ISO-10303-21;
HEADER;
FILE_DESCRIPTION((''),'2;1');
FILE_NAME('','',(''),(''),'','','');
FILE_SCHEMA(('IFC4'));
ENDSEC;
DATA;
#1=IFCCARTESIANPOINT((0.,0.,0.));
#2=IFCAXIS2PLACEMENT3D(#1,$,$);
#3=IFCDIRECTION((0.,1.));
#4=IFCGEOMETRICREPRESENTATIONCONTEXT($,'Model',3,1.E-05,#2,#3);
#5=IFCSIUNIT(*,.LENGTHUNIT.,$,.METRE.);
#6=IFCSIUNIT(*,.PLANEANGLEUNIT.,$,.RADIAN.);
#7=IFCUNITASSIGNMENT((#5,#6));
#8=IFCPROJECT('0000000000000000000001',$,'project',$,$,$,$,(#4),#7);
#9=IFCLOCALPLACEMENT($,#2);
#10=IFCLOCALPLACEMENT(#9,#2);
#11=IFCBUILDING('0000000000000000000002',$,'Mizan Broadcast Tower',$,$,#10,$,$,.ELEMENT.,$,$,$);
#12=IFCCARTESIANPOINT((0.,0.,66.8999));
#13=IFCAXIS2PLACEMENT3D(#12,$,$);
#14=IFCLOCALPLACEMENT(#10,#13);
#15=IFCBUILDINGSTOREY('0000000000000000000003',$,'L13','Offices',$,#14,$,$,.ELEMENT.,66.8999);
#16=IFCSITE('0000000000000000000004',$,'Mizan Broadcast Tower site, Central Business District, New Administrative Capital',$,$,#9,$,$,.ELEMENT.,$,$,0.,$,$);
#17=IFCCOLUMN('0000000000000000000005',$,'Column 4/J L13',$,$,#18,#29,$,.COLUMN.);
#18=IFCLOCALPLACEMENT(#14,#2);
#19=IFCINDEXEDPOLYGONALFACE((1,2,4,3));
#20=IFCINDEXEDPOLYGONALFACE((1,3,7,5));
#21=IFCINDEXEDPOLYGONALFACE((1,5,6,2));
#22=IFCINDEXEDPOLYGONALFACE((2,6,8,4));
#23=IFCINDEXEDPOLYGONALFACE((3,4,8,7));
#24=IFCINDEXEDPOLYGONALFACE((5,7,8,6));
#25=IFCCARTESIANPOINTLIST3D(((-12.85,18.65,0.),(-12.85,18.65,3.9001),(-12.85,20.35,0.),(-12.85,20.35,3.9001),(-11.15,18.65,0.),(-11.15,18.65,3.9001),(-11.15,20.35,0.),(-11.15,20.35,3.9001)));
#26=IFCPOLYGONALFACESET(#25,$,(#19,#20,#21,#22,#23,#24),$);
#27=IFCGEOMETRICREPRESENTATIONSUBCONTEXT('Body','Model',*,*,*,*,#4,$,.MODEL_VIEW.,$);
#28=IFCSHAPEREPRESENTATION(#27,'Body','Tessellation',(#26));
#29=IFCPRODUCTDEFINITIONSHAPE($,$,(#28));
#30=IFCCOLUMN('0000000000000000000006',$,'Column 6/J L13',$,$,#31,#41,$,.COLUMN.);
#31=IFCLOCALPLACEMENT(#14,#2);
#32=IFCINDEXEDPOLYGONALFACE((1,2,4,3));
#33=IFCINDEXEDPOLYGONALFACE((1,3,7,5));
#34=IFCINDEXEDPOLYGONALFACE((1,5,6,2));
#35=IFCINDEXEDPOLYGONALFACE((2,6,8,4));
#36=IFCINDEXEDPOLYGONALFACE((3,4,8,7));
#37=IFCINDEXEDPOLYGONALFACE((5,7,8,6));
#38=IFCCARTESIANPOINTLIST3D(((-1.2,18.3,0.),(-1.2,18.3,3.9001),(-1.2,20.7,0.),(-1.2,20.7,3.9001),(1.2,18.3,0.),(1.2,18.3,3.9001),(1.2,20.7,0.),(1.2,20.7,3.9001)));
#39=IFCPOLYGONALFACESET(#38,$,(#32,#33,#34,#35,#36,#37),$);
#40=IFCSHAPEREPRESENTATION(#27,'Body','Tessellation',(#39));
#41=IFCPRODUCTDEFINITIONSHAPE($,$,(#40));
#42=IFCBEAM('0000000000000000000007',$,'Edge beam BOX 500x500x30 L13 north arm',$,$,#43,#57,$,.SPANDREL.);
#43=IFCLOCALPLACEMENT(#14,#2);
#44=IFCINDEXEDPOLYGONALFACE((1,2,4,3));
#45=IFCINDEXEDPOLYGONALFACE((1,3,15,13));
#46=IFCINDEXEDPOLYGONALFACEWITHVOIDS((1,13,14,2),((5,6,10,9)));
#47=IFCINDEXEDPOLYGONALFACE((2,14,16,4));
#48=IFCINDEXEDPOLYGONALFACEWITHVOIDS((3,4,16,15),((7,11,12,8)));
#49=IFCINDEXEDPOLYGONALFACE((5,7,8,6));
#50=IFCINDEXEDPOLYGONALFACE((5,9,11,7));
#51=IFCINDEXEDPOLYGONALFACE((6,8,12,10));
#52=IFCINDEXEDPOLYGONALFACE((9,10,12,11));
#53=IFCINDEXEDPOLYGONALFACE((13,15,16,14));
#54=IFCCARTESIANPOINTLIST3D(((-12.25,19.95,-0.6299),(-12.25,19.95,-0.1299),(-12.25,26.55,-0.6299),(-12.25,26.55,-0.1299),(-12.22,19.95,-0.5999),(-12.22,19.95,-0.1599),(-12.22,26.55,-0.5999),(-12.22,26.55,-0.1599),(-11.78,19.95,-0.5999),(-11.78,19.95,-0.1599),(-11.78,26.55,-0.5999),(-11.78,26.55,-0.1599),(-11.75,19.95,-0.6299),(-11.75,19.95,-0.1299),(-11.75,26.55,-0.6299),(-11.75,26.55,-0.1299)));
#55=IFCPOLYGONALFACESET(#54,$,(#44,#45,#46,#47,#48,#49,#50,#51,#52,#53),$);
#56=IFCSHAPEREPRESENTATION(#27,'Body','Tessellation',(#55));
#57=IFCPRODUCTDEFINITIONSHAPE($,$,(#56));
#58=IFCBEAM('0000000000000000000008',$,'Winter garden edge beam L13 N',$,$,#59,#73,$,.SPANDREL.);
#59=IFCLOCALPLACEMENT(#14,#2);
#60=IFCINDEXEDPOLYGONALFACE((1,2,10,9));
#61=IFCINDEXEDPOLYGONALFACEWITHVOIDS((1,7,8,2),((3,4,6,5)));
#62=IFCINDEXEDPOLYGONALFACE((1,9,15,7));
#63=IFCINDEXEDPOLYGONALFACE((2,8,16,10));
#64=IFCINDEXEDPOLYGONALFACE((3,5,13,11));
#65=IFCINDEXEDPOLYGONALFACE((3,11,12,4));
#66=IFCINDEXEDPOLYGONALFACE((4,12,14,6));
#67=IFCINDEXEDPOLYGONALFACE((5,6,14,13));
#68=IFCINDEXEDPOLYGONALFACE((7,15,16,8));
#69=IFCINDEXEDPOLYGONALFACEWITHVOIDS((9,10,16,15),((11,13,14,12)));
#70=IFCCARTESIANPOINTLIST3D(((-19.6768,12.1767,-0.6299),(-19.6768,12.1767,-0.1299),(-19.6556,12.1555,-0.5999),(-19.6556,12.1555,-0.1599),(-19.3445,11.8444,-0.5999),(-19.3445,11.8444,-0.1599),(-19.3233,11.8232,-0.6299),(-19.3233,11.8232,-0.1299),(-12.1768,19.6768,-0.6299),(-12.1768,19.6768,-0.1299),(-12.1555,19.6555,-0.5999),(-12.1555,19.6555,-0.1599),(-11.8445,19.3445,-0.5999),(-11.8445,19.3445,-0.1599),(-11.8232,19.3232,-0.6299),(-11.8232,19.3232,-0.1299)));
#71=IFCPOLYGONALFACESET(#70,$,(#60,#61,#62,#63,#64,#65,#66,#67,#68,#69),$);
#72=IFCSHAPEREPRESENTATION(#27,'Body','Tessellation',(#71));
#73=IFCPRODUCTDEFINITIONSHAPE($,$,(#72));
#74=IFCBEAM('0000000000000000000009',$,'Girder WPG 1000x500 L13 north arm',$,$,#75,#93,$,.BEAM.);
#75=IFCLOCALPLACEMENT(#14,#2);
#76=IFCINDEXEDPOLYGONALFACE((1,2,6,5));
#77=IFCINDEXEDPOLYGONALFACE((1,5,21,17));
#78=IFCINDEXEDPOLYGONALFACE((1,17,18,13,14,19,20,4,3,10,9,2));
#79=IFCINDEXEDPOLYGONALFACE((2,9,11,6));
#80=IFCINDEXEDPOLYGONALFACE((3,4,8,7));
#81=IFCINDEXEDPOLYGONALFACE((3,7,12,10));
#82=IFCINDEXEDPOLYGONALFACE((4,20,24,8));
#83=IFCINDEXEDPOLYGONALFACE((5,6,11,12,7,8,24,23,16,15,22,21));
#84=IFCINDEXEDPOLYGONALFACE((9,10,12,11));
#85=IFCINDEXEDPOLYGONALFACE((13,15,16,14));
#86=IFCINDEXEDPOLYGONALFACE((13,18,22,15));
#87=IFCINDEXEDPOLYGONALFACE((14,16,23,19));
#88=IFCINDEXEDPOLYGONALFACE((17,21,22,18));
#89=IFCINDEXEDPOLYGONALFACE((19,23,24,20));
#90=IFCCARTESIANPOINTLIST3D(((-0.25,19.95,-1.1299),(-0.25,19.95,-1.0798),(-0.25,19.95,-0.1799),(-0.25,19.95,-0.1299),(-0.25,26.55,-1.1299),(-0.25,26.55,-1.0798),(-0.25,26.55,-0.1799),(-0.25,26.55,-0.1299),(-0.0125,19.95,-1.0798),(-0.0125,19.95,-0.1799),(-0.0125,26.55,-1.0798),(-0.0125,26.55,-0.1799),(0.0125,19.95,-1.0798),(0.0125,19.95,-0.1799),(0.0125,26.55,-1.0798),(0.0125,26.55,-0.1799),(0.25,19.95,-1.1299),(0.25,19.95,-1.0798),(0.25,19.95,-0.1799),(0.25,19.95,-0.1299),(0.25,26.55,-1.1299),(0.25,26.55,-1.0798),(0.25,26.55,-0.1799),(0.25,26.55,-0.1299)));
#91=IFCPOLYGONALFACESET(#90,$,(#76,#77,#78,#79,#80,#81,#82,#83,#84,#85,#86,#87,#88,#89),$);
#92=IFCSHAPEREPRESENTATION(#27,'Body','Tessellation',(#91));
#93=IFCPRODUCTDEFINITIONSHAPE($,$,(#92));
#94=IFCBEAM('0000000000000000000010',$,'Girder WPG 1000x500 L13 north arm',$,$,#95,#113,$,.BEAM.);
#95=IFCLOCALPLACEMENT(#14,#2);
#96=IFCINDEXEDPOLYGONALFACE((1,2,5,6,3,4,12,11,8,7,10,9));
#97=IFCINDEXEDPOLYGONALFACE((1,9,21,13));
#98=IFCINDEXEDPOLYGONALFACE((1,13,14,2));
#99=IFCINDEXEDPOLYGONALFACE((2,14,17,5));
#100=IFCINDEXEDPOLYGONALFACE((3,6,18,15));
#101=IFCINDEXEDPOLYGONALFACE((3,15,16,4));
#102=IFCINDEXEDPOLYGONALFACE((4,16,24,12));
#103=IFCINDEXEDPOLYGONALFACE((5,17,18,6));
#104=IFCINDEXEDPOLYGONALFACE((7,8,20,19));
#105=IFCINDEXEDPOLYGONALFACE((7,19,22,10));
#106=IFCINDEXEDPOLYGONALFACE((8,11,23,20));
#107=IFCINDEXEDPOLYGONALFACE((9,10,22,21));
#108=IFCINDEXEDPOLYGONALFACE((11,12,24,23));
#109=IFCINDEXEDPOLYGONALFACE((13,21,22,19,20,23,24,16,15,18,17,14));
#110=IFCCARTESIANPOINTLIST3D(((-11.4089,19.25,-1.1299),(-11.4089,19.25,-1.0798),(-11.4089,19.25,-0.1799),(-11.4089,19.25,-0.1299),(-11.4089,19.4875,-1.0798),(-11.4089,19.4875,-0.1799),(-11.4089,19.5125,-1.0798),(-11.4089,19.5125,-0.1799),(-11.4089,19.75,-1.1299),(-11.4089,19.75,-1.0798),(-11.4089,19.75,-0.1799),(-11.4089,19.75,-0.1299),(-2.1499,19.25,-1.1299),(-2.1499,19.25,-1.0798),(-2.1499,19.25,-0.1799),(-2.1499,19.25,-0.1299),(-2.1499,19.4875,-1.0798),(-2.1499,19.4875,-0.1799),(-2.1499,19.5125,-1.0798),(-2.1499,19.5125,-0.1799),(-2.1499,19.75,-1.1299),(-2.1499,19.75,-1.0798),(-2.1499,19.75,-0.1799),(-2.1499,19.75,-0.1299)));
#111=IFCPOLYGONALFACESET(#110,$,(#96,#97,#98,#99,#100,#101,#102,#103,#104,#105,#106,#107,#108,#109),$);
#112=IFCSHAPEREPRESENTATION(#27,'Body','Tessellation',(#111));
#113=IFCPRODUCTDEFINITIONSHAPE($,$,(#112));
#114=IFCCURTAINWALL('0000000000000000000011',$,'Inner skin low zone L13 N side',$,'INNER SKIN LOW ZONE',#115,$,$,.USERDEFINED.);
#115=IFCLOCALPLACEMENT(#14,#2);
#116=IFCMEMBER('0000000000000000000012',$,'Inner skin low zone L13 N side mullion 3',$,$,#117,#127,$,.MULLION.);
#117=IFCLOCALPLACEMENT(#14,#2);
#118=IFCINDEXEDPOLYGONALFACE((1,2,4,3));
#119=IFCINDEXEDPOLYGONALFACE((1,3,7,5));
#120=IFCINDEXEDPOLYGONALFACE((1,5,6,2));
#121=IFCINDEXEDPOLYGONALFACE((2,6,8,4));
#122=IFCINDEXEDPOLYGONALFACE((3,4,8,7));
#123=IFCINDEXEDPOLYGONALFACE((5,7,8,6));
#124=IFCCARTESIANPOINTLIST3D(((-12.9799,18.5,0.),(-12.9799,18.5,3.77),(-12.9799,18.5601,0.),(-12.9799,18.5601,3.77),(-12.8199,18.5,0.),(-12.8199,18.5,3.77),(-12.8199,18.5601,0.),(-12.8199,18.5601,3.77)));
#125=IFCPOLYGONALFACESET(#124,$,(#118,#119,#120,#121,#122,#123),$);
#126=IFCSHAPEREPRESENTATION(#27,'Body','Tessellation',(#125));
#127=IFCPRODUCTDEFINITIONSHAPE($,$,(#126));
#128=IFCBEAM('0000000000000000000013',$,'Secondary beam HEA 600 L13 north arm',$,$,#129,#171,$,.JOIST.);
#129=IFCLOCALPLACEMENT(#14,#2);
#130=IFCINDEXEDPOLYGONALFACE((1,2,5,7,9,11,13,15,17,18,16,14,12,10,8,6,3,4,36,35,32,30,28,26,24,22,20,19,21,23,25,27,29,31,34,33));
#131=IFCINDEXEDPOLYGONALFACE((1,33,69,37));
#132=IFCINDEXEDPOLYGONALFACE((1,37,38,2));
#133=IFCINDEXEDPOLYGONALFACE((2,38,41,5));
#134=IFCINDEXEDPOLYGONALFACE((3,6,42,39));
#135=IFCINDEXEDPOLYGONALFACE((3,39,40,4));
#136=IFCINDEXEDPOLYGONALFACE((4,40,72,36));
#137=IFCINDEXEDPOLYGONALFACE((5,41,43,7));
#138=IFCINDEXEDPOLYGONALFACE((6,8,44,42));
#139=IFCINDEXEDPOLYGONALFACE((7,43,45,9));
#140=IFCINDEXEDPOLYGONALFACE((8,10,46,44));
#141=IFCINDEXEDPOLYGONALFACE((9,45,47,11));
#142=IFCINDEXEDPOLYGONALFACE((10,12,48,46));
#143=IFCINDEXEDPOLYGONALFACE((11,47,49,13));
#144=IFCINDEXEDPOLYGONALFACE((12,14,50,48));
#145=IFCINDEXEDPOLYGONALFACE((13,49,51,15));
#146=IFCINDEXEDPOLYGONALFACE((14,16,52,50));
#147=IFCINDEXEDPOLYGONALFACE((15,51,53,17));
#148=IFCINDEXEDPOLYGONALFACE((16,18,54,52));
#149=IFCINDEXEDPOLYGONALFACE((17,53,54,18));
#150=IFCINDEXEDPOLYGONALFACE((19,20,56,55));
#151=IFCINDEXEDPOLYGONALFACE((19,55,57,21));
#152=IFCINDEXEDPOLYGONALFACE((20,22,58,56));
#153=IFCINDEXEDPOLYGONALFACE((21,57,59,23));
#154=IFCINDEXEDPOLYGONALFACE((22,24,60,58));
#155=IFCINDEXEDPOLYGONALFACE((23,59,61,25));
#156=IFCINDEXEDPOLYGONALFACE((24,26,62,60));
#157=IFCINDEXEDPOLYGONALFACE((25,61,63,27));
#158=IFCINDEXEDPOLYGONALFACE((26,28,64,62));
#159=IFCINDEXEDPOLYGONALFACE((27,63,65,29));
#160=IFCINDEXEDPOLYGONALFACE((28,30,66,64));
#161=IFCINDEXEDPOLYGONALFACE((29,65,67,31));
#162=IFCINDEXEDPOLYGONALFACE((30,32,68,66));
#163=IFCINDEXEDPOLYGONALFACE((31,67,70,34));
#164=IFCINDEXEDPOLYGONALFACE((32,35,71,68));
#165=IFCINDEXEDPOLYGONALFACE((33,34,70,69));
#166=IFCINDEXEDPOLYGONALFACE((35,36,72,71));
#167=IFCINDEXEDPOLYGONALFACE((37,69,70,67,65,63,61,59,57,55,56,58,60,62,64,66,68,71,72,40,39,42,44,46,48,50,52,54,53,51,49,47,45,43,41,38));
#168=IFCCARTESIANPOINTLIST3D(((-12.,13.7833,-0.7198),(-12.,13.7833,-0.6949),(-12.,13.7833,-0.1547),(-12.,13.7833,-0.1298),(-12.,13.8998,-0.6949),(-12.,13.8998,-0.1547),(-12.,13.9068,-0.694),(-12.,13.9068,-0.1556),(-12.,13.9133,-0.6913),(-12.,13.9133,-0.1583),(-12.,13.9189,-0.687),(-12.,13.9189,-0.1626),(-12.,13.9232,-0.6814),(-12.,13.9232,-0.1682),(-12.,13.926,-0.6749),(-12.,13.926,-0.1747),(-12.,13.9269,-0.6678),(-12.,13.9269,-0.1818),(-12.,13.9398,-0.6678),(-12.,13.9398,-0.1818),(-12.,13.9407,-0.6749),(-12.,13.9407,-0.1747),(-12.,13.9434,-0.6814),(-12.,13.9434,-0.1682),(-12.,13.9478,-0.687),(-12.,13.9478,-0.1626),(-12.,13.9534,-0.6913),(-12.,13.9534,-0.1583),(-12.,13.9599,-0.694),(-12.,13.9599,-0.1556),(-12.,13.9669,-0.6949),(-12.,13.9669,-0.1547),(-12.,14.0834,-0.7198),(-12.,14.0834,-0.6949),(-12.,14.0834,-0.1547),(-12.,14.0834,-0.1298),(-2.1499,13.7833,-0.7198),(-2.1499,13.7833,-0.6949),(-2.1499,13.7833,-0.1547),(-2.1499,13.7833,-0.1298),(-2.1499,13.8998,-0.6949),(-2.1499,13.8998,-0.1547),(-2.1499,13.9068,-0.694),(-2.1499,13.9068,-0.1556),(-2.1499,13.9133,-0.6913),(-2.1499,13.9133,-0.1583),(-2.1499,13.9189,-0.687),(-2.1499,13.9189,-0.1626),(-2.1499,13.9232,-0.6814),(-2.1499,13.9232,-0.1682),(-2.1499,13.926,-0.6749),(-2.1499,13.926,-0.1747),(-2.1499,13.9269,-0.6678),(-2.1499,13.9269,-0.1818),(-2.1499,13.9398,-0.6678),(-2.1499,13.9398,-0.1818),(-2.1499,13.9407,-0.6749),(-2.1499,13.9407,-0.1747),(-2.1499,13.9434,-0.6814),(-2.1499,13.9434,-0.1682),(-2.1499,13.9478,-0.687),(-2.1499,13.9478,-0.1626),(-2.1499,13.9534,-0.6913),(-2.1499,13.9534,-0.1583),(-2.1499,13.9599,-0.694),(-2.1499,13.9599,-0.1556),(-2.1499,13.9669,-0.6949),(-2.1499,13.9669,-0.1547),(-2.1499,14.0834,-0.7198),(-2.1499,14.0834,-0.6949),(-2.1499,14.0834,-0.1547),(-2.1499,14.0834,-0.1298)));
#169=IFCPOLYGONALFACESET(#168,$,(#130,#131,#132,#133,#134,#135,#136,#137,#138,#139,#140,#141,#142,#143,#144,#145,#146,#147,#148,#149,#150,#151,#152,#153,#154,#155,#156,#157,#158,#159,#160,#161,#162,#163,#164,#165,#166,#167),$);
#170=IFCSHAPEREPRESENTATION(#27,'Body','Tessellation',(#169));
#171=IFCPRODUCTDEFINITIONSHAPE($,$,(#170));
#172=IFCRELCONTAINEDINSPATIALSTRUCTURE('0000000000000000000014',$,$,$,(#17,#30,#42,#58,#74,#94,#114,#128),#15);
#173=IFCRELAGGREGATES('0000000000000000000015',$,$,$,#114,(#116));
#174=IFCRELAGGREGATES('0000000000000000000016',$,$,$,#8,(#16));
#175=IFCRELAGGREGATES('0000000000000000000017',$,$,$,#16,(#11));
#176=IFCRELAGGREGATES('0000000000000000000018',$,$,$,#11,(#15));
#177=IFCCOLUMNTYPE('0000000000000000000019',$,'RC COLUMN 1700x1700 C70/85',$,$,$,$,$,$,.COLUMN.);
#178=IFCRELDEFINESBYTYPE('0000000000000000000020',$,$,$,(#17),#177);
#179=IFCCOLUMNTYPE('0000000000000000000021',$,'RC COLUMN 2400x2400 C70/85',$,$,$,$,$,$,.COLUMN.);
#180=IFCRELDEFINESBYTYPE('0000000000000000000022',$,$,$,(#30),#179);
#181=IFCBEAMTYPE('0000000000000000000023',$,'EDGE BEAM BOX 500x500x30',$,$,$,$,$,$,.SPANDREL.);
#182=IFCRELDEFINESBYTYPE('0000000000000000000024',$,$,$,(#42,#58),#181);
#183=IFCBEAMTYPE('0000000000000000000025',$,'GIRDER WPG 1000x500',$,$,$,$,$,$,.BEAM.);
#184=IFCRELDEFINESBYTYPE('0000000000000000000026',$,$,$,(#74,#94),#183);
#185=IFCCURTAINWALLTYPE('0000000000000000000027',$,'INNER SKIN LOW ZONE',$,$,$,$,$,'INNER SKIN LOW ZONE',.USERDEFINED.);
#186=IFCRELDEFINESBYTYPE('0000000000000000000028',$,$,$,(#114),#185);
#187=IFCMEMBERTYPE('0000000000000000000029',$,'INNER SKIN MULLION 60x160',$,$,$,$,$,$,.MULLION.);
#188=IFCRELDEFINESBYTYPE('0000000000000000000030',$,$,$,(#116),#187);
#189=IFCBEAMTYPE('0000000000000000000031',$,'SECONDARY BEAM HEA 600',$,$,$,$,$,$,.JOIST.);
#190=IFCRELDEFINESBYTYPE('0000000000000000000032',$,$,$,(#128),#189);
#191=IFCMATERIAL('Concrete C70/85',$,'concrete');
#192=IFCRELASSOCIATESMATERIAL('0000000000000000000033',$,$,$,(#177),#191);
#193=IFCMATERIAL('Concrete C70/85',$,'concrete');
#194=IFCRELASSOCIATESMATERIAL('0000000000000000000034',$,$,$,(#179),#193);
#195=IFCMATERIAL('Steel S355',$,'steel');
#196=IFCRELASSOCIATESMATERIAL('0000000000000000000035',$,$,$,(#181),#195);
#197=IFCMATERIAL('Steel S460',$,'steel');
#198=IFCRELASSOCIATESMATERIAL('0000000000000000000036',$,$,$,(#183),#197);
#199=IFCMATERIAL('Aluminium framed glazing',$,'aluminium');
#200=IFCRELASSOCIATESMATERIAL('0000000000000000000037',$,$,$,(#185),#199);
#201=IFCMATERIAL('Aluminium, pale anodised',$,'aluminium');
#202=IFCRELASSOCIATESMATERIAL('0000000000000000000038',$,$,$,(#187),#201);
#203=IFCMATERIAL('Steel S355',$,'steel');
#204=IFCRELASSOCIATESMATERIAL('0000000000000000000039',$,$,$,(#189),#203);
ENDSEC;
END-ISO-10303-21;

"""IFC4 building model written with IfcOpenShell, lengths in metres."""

from ifc_helpers import new_model, si_unit, direction, frame, origin, origin_2d, place, context, subcontext, project, spatial, rectangle, hollow_rectangle, i_section, extrude, material, material_profile, profile_set, type_object, element, aggregate, save


model = new_model("IFC4")

# Units and contexts
model_context = context("Model", 3, precision=1e-05, world=origin(), true_north=direction((0.0, 1.0)))
body_context = subcontext(model_context, "Body", "Model", "MODEL_VIEW")
ifc_project = project(units=[si_unit("LENGTHUNIT", "METRE"), si_unit("PLANEANGLEUNIT", "RADIAN")], contexts=[model_context])

# Site, building, storey
site_placement = place(None, origin())
site = spatial("IfcSite", under=ifc_project, at=site_placement, Name="Mizan Broadcast Tower site, Central Business District, New Administrative Capital", CompositionType="ELEMENT", RefElevation=0.0)
building_placement = place(site_placement, origin())
building = spatial("IfcBuilding", under=site, at=building_placement, Name="Mizan Broadcast Tower", CompositionType="ELEMENT")
storey_placement = place(building_placement, frame((0.0, 0.0, 66.8999)))
storey = spatial("IfcBuildingStorey", under=building, at=storey_placement, Name="L13", Description="Offices", CompositionType="ELEMENT", Elevation=66.8999)

# Columns
ifc_material_1 = material(Name="Concrete C70/85", Category="concrete")
ifc_material_profile_1 = material_profile(ifc_material_1, rectangle(XDim=1.7, YDim=1.7, at=origin_2d()), Name="RC 1700x1700")
ifc_profile_set_1 = profile_set([ifc_material_profile_1], Name="Concrete C70/85")
column_type_1 = type_object("IfcColumnType", Name="RC COLUMN 1700x1700 C70/85", PredefinedType="COLUMN", material=ifc_profile_set_1)
column_1_placement = place(storey_placement, frame((-12.0, 19.5, 0.0), z_axis=(0.0, 0.0, 1.0), x_axis=(1.0, 0.0, 0.0)))
element("IfcColumn", 1, at=column_1_placement, inside=storey, type_object=column_type_1, Name="Column 4/J L13", PredefinedType="COLUMN", context=body_context, shape_type="SweptSolid", body=[
    extrude(rectangle(XDim=1.7, YDim=1.7, at=origin_2d()), origin(), (0.0, 0.0, 1.0), 3.9001),
])
ifc_material_2 = material(Name="Concrete C70/85", Category="concrete")
ifc_material_profile_2 = material_profile(ifc_material_2, rectangle(XDim=2.3999, YDim=2.3999, at=origin_2d()), Name="RC 2400x2400")
ifc_profile_set_2 = profile_set([ifc_material_profile_2], Name="Concrete C70/85")
column_type_2 = type_object("IfcColumnType", Name="RC COLUMN 2400x2400 C70/85", PredefinedType="COLUMN", material=ifc_profile_set_2)
column_2_placement = place(storey_placement, frame((0.0, 19.5, 0.0), z_axis=(0.0, 0.0, 1.0), x_axis=(1.0, 0.0, 0.0)))
element("IfcColumn", 2, at=column_2_placement, inside=storey, type_object=column_type_2, Name="Column 6/J L13", PredefinedType="COLUMN", context=body_context, shape_type="SweptSolid", body=[
    extrude(rectangle(XDim=2.3999, YDim=2.3999, at=origin_2d()), origin(), (0.0, 0.0, 1.0), 3.9001),
])

# Beams
ifc_material_3 = material(Name="Steel S355", Category="steel")
ifc_material_profile_3 = material_profile(ifc_material_3, hollow_rectangle(XDim=0.5, YDim=0.5, WallThickness=0.03, at=origin_2d()), Name="BOX 500x500x30")
ifc_profile_set_3 = profile_set([ifc_material_profile_3], Name="Steel S355")
beam_type_1 = type_object("IfcBeamType", Name="EDGE BEAM BOX 500x500x30", PredefinedType="SPANDREL", material=ifc_profile_set_3)
beam_1_placement = place(storey_placement, frame((-12.0, 19.95, -0.3799), z_axis=(0.0, 1.0, 0.0), x_axis=(-1.0, 0.0, 0.0)))
element("IfcBeam", 3, at=beam_1_placement, inside=storey, type_object=beam_type_1, Name="Edge beam BOX 500x500x30 L13 north arm", PredefinedType="SPANDREL", context=body_context, shape_type="SweptSolid", body=[
    extrude(hollow_rectangle(XDim=0.5, YDim=0.5, WallThickness=0.03, at=origin_2d()), origin(), (0.0, 0.0, 1.0), 6.6001),
])
beam_2_placement = place(storey_placement, frame((-12.0, 19.5, -0.3799), z_axis=(-0.707107, -0.707107, 0.0), x_axis=(0.707107, -0.707107, 0.0)))
element("IfcBeam", 4, at=beam_2_placement, inside=storey, type_object=beam_type_1, Name="Winter garden edge beam L13 N", PredefinedType="SPANDREL", context=body_context, shape_type="SweptSolid", body=[
    extrude(hollow_rectangle(XDim=0.5, YDim=0.5, WallThickness=0.03, at=origin_2d()), origin(), (0.0, 0.0, 1.0), 10.6067),
])
ifc_material_4 = material(Name="Steel S460", Category="steel")
ifc_material_profile_4 = material_profile(ifc_material_4, i_section(OverallWidth=0.5, OverallDepth=1.0, WebThickness=0.0249, FlangeThickness=0.05, at=origin_2d()), Name="WPG 1000x500")
ifc_profile_set_4 = profile_set([ifc_material_profile_4], Name="Steel S460")
beam_type_2 = type_object("IfcBeamType", Name="GIRDER WPG 1000x500", PredefinedType="BEAM", material=ifc_profile_set_4)
beam_3_placement = place(storey_placement, frame((0.0, 19.95, -0.6299), z_axis=(0.0, 1.0, 0.0), x_axis=(-1.0, 0.0, 0.0)))
element("IfcBeam", 5, at=beam_3_placement, inside=storey, type_object=beam_type_2, Name="Girder WPG 1000x500 L13 north arm", PredefinedType="BEAM", context=body_context, shape_type="SweptSolid", body=[
    extrude(i_section(OverallWidth=0.5, OverallDepth=1.0, WebThickness=0.0249, FlangeThickness=0.05, at=origin_2d()), origin(), (0.0, 0.0, 1.0), 6.6001),
])
beam_4_placement = place(storey_placement, frame((-11.4089, 19.5, -0.6299), z_axis=(1.0, 0.0, 0.0), x_axis=(0.0, 1.0, 0.0)))
element("IfcBeam", 6, at=beam_4_placement, inside=storey, type_object=beam_type_2, Name="Girder WPG 1000x500 L13 north arm", PredefinedType="BEAM", context=body_context, shape_type="SweptSolid", body=[
    extrude(i_section(OverallWidth=0.5, OverallDepth=1.0, WebThickness=0.0249, FlangeThickness=0.05, at=origin_2d()), origin(), (0.0, 0.0, 1.0), 9.259),
])

# Curtain wall, member
ifc_material_5 = material(Name="Aluminium framed glazing", Category="aluminium")
curtain_wall_type = type_object("IfcCurtainWallType", Name="INNER SKIN LOW ZONE", ElementType="INNER SKIN LOW ZONE", PredefinedType="USERDEFINED", material=ifc_material_5)
curtain_wall_placement = place(storey_placement, origin())
curtain_wall = element("IfcCurtainWall", 7, at=curtain_wall_placement, inside=storey, type_object=curtain_wall_type, Name="Inner skin low zone L13 N side", ObjectType="INNER SKIN LOW ZONE", PredefinedType="USERDEFINED")
ifc_material_6 = material(Name="Aluminium, pale anodised", Category="aluminium")
ifc_material_profile_5 = material_profile(ifc_material_6, rectangle(XDim=0.1599, YDim=0.0601, at=origin_2d()), Name="MULLION 160x60")
ifc_profile_set_5 = profile_set([ifc_material_profile_5], Name="Aluminium, pale anodised")
member_type = type_object("IfcMemberType", Name="INNER SKIN MULLION 60x160", PredefinedType="MULLION", material=ifc_profile_set_5)
member_placement = place(storey_placement, frame((-12.8999, 18.53, 0.0), z_axis=(0.0, 0.0, 1.0), x_axis=(1.0, 0.0, 0.0)))
member = element("IfcMember", 8, at=member_placement, type_object=member_type, Name="Inner skin low zone L13 N side mullion 3", PredefinedType="MULLION", context=body_context, shape_type="SweptSolid", body=[
    extrude(rectangle(XDim=0.1599, YDim=0.0601, at=origin_2d()), origin(), (0.0, 0.0, 1.0), 3.77),
])

# Beam
ifc_material_7 = material(Name="Steel S355", Category="steel")
ifc_material_profile_6 = material_profile(ifc_material_7, i_section(OverallWidth=0.3, OverallDepth=0.5901, WebThickness=0.0129, FlangeThickness=0.0249, FilletRadius=0.0271, at=origin_2d()), Name="HEA 600")
ifc_profile_set_6 = profile_set([ifc_material_profile_6], Name="Steel S355")
beam_type_3 = type_object("IfcBeamType", Name="SECONDARY BEAM HEA 600", PredefinedType="JOIST", material=ifc_profile_set_6)
for number, where, z_axis, x_axis, name in (
    (9, (-12.0, 13.9333, -0.4248), (1.0, 0.0, 0.0), (0.0, 1.0, 0.0), "Secondary beam HEA 600 L13 north arm"),
):
    element("IfcBeam", number, at=place(storey_placement, frame(where, z_axis=z_axis, x_axis=x_axis)), inside=storey, type_object=beam_type_3, Name=name, PredefinedType="JOIST", context=body_context, shape_type="SweptSolid", body=[
        extrude(i_section(OverallWidth=0.3, OverallDepth=0.5901, WebThickness=0.0129, FlangeThickness=0.0249, FilletRadius=0.0271, at=origin_2d()), origin(), (0.0, 0.0, 1.0), 9.8501),
    ])

aggregate(curtain_wall, [member])

save(model, "model.ifc")
